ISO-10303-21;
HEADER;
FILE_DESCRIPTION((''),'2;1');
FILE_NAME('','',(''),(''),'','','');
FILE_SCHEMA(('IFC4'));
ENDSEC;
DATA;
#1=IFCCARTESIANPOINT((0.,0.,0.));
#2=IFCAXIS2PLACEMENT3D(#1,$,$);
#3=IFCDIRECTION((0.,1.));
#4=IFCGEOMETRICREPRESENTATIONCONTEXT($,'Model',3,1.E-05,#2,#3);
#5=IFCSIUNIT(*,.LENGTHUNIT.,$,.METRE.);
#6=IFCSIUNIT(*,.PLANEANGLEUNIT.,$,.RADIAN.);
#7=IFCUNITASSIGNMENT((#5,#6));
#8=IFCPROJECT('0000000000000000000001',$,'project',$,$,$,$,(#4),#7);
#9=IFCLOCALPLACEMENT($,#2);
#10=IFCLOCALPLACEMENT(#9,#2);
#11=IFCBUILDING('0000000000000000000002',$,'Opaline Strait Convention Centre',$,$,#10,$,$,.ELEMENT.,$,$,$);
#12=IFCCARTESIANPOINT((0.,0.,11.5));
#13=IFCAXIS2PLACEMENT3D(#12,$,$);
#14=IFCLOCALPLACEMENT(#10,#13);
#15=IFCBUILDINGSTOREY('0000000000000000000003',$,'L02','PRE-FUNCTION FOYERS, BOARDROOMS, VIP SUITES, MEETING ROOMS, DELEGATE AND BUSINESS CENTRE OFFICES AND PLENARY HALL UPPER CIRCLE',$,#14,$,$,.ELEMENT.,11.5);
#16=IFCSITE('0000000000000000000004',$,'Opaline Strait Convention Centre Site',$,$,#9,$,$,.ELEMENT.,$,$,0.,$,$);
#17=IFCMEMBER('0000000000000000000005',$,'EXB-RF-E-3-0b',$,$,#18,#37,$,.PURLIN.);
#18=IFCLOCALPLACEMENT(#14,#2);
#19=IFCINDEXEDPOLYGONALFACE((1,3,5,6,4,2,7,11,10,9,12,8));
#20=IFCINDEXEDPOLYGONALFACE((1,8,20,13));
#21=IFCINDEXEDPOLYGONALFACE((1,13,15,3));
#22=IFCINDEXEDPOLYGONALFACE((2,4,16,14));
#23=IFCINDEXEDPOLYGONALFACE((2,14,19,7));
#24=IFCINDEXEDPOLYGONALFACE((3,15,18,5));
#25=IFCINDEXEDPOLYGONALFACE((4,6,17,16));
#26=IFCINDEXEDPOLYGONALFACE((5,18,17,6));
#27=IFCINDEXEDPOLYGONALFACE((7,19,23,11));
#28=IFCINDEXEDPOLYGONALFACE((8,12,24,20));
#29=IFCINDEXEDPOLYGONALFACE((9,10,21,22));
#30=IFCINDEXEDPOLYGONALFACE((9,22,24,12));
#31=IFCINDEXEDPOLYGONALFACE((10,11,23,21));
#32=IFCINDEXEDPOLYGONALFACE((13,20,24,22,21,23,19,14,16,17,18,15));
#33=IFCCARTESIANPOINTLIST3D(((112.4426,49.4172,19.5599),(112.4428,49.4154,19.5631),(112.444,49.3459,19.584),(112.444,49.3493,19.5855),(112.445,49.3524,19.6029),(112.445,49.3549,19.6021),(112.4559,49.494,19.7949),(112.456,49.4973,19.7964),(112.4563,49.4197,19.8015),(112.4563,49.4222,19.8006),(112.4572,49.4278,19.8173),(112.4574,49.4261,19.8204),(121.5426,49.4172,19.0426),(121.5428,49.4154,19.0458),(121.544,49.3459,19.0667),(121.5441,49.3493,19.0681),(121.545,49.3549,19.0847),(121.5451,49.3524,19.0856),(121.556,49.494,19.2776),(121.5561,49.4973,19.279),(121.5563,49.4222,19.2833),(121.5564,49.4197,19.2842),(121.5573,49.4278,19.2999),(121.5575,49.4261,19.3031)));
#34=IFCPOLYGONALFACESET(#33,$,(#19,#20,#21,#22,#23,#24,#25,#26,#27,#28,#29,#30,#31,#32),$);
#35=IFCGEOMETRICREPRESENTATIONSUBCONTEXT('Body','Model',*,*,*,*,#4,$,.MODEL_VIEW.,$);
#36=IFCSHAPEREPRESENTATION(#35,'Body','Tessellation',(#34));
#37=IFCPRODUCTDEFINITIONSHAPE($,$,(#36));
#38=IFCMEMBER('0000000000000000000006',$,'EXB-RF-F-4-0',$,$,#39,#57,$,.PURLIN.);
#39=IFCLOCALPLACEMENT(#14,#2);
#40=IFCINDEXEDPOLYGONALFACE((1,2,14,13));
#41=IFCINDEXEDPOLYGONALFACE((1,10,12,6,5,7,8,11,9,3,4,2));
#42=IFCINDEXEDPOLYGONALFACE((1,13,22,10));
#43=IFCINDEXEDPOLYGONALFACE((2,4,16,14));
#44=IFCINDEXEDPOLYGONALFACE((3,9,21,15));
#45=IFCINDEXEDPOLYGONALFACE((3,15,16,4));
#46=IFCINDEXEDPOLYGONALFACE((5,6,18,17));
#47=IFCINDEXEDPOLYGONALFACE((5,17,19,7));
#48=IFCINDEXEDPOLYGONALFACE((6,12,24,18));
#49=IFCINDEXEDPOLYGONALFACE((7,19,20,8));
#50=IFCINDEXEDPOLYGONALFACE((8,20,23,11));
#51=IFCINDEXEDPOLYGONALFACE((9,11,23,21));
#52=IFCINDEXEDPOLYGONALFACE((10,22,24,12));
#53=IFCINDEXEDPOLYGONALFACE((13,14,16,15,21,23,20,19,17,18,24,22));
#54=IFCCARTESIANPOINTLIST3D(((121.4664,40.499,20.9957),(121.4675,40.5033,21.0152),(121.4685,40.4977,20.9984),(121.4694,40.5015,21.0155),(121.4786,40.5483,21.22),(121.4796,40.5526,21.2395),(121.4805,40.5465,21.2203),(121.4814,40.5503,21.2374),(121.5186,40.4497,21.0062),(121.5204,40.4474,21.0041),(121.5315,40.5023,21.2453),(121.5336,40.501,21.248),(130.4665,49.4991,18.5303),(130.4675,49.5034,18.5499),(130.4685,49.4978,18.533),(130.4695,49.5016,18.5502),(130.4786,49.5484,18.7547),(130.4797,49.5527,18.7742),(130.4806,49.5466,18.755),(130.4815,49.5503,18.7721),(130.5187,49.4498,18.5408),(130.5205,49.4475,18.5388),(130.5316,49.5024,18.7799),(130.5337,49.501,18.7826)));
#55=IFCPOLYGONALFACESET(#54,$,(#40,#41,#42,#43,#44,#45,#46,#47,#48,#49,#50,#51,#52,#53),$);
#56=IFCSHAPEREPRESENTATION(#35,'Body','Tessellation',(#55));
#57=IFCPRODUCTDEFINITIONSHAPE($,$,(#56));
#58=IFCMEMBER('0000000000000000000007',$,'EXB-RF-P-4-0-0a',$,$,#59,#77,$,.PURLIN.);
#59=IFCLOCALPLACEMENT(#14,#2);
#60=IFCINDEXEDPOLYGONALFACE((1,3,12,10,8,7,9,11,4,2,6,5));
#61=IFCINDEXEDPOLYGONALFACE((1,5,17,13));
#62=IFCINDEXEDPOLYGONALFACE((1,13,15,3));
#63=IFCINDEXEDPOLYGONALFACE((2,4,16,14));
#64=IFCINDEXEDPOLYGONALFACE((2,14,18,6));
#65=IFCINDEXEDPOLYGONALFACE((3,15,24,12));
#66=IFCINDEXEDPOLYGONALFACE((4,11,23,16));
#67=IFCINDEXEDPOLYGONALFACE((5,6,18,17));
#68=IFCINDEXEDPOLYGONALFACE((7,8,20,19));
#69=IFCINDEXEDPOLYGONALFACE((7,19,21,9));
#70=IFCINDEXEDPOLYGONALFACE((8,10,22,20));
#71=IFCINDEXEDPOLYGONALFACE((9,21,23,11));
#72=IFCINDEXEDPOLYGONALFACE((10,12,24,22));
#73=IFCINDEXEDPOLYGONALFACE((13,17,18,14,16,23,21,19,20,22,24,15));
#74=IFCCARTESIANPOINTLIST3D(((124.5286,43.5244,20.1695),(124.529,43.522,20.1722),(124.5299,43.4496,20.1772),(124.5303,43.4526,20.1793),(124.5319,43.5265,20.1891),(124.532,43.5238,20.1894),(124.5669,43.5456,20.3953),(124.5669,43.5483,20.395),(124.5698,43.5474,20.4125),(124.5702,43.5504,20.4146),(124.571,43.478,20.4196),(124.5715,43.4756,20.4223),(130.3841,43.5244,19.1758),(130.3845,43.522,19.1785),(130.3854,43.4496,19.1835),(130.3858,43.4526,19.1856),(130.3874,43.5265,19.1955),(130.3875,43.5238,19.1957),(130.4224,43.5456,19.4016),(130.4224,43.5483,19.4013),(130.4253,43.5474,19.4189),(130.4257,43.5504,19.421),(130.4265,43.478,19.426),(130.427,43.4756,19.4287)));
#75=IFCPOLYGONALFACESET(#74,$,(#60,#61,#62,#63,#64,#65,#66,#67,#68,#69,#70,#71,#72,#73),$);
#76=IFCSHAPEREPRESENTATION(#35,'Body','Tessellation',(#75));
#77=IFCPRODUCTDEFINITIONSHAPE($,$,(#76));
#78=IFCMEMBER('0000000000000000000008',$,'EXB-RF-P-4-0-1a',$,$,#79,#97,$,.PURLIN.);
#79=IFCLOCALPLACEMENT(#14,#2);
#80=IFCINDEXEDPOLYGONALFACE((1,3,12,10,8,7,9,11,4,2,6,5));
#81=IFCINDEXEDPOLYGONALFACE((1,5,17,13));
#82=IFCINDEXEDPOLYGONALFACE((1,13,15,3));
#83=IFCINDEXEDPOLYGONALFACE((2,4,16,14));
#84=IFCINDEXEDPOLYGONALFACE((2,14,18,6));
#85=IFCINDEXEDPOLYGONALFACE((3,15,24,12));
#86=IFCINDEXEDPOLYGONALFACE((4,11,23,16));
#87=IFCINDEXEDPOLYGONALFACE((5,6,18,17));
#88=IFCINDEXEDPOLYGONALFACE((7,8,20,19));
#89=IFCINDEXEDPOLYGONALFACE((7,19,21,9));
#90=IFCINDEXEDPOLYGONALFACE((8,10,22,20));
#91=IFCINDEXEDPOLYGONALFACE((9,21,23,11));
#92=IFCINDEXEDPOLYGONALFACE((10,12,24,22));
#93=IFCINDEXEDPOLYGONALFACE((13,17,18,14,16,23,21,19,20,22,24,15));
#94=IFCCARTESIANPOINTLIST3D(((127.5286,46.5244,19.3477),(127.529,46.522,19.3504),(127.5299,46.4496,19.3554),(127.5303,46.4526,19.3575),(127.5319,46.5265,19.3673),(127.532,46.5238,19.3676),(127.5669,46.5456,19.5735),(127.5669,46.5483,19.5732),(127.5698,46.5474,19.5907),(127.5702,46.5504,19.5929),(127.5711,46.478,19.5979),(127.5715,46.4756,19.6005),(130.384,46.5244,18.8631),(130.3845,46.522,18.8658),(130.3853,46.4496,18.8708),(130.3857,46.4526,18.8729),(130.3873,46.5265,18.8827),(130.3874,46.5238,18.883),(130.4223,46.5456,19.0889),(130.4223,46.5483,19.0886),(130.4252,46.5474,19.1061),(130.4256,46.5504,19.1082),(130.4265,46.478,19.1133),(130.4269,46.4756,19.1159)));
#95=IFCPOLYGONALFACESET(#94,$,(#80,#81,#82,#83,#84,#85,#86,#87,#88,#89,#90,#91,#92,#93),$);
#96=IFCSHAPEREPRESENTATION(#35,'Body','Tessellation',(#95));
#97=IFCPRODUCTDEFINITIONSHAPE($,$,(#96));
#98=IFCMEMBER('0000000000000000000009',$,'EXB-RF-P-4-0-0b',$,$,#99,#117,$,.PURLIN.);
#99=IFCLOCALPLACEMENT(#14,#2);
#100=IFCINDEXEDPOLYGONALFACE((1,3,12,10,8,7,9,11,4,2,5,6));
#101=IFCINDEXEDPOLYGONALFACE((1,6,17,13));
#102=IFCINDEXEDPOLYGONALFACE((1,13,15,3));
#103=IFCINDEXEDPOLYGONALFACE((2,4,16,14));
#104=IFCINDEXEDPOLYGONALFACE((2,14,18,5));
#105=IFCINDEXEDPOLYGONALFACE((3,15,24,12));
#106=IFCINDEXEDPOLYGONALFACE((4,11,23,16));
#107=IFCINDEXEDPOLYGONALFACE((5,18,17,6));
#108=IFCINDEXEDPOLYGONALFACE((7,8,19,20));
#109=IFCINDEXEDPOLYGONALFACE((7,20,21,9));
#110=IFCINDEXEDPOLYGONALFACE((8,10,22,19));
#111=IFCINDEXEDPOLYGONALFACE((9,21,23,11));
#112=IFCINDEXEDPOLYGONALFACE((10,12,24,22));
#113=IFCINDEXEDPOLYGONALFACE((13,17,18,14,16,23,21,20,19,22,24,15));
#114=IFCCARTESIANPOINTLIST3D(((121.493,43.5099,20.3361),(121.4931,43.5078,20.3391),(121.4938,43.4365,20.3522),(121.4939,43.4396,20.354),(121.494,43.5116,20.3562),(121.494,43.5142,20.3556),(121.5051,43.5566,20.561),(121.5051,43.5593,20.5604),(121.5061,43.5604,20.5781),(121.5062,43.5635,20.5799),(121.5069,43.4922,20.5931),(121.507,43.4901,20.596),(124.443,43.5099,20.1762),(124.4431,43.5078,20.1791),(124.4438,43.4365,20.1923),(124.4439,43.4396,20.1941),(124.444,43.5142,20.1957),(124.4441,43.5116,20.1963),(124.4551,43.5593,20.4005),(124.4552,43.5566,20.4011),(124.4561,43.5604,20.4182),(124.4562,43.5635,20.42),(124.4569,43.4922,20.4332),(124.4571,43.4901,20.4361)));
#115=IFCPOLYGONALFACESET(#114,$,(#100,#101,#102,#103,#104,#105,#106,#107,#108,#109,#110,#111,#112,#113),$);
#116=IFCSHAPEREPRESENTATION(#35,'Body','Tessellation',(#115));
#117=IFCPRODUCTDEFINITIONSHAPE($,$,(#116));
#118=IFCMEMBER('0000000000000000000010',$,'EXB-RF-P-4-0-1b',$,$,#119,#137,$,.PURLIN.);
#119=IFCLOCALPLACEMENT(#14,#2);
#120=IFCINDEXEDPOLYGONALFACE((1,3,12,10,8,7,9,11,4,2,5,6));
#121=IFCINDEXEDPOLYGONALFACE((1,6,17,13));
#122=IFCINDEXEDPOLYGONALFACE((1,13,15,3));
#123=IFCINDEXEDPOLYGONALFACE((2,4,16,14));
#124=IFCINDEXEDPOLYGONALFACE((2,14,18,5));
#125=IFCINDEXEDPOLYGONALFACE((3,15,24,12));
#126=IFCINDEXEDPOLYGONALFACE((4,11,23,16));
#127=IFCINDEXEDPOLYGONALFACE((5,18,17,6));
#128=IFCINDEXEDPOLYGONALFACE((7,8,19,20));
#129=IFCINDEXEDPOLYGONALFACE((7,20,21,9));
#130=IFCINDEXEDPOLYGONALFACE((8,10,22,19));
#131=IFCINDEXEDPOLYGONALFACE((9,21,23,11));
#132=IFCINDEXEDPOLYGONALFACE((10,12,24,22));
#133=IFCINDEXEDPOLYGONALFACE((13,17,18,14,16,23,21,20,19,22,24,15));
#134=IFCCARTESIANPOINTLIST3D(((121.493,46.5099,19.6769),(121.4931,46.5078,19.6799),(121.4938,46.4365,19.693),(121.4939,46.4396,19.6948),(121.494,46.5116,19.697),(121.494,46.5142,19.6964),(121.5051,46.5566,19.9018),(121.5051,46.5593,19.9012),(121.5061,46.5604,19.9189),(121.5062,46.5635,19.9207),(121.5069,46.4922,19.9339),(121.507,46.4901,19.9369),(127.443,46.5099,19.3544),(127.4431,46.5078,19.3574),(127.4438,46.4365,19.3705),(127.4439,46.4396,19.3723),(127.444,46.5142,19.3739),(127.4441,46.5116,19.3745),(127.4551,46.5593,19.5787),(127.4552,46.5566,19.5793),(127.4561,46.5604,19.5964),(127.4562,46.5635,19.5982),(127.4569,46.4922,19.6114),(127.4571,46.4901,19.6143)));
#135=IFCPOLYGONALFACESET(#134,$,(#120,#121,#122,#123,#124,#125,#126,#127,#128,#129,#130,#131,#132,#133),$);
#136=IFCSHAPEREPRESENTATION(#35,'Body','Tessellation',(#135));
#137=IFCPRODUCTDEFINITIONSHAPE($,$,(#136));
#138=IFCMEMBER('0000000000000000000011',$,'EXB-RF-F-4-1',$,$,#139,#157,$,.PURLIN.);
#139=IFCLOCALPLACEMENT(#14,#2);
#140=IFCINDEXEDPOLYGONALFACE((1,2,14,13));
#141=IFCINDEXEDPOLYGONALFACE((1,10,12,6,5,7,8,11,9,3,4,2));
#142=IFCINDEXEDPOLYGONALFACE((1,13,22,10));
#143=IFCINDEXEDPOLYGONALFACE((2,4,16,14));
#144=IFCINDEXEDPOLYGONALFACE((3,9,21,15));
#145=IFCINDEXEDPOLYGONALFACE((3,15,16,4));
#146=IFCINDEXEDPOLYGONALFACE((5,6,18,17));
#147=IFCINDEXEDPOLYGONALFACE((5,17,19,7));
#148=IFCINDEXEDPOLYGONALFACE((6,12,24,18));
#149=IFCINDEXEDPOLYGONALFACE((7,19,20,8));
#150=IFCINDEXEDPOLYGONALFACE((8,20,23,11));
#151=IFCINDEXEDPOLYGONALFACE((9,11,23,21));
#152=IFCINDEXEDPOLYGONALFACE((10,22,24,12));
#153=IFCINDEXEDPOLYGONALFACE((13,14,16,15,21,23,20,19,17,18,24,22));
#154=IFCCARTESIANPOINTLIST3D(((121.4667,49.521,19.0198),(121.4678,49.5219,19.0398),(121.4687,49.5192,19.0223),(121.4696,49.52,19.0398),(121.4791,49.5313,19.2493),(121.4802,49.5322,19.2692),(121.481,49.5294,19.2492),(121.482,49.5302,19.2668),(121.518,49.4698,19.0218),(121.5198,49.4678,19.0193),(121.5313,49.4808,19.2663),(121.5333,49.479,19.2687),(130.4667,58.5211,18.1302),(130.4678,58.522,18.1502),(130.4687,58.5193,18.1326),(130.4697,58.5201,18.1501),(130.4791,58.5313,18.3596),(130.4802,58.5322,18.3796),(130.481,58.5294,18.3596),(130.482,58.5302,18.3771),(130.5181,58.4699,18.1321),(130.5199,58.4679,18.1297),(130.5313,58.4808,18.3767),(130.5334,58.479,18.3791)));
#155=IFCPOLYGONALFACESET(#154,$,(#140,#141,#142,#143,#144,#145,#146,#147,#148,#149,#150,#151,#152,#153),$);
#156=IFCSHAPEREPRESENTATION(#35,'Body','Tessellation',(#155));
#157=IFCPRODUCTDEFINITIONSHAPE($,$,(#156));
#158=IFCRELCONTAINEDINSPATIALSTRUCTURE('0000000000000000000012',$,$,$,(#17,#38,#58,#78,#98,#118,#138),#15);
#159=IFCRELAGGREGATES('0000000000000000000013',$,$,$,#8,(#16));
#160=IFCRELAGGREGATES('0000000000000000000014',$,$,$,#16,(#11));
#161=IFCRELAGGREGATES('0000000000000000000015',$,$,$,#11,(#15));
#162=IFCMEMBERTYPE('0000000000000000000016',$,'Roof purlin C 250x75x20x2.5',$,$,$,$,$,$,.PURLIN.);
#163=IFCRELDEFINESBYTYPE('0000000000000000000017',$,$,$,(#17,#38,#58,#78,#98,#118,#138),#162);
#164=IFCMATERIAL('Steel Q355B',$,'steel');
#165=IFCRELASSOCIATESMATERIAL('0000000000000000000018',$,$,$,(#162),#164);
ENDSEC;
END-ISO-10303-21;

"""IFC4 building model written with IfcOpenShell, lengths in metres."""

from ifc_helpers import new_model, si_unit, direction, frame, origin, place, context, subcontext, project, spatial, polyline, outline, extrude, material, material_profile, profile_set, type_object, element, save


model = new_model("IFC4")

# Units and contexts
model_context = context("Model", 3, precision=1e-05, world=origin(), true_north=direction((0.0, 1.0)))
body_context = subcontext(model_context, "Body", "Model", "MODEL_VIEW")
ifc_project = project(units=[si_unit("LENGTHUNIT", "METRE"), si_unit("PLANEANGLEUNIT", "RADIAN")], contexts=[model_context])

# Site, building, storey
site_placement = place(None, origin())
site = spatial("IfcSite", under=ifc_project, at=site_placement, Name="Opaline Strait Convention Centre Site", CompositionType="ELEMENT", RefElevation=0.0)
building_placement = place(site_placement, origin())
building = spatial("IfcBuilding", under=site, at=building_placement, Name="Opaline Strait Convention Centre", CompositionType="ELEMENT")
storey_placement = place(building_placement, frame((0.0, 0.0, 11.5)))
storey = spatial("IfcBuildingStorey", under=building, at=storey_placement, Name="L02", Description="PRE-FUNCTION FOYERS, BOARDROOMS, VIP SUITES, MEETING ROOMS, DELEGATE AND BUSINESS CENTRE OFFICES AND PLENARY HALL UPPER CIRCLE", CompositionType="ELEMENT", Elevation=11.5)

# Members
ifc_material_1 = material(Name="Steel Q355B", Category="steel")
ifc_material_profile_1 = material_profile(ifc_material_1, outline(polyline([(-0.0376, -0.125), (0.0376, -0.125), (0.0376, -0.105), (0.0349, -0.105), (0.0349, -0.1226), (-0.0349, -0.1226), (-0.0349, 0.1226), (0.0349, 0.1226), (0.0349, 0.105), (0.0376, 0.105), (0.0376, 0.125), (-0.0376, 0.125), (-0.0376, -0.125)])), Name="C 250x75x20x2.5")
ifc_profile_set_1 = profile_set([ifc_material_profile_1], Name="Steel Q355B")
member_type_1 = type_object("IfcMemberType", Name="Roof purlin C 250x75x20x2.5", PredefinedType="PURLIN", material=ifc_profile_set_1)
member_1_placement = place(storey_placement, frame((121.55, 49.4216, 19.1729), z_axis=(-0.998388, 0.0, 0.056758), x_axis=(0.018194, -0.947232, 0.320033)))
element("IfcMember", 1, at=member_1_placement, inside=storey, type_object=member_type_1, Name="EXB-RF-E-3-0b", PredefinedType="PURLIN", context=body_context, shape_type="SweptSolid", body=[
    extrude(outline(polyline([(-0.0376, -0.125), (0.0376, -0.125), (0.0376, -0.105), (0.0349, -0.105), (0.0349, -0.1226), (-0.0349, -0.1226), (-0.0349, 0.1226), (0.0349, 0.1226), (0.0349, 0.105), (0.0376, 0.105), (0.0376, 0.125), (-0.0376, 0.125), (-0.0376, -0.125)])), origin(), (0.0, 0.0, 1.0), 9.1147),
])
member_2_placement = place(storey_placement, frame((121.5, 40.5, 21.1218), z_axis=(0.694204, 0.694204, -0.19016), x_axis=(-0.717834, 0.687136, -0.112067)))
element("IfcMember", 2, at=member_2_placement, inside=storey, type_object=member_type_1, Name="EXB-RF-F-4-0", PredefinedType="PURLIN", context=body_context, shape_type="SweptSolid", body=[
    extrude(outline(polyline([(-0.0376, -0.125), (0.0376, -0.125), (0.0376, -0.105), (0.0349, -0.105), (0.0349, -0.1226), (-0.0349, -0.1226), (-0.0349, 0.1226), (0.0349, 0.1226), (0.0349, 0.105), (0.0376, 0.105), (0.0376, 0.125), (-0.0376, 0.125), (-0.0376, -0.125)])), origin(), (0.0, 0.0, 1.0), 12.9646),
])
member_3_placement = place(storey_placement, frame((124.55, 43.5, 20.2959), z_axis=(0.985905, 0.0, -0.167305), x_axis=(-0.017343, 0.994613, -0.102198)))
element("IfcMember", 3, at=member_3_placement, inside=storey, type_object=member_type_1, Name="EXB-RF-P-4-0-0a", PredefinedType="PURLIN", context=body_context, shape_type="SweptSolid", body=[
    extrude(outline(polyline([(-0.0376, -0.125), (0.0376, -0.125), (0.0376, -0.105), (0.0349, -0.105), (0.0349, -0.1226), (-0.0349, -0.1226), (-0.0349, 0.1226), (0.0349, 0.1226), (0.0349, 0.105), (0.0376, 0.105), (0.0376, 0.125), (-0.0376, 0.125), (-0.0376, -0.125)])), origin(), (0.0, 0.0, 1.0), 5.9392),
])
member_4_placement = place(storey_placement, frame((127.55, 46.5, 19.4741), z_axis=(0.985902, 0.0, -0.167323), x_axis=(-0.017345, 0.994613, -0.102197)))
element("IfcMember", 4, at=member_4_placement, inside=storey, type_object=member_type_1, Name="EXB-RF-P-4-0-1a", PredefinedType="PURLIN", context=body_context, shape_type="SweptSolid", body=[
    extrude(outline(polyline([(-0.0376, -0.125), (0.0376, -0.125), (0.0376, -0.105), (0.0349, -0.105), (0.0349, -0.1226), (-0.0349, -0.1226), (-0.0349, 0.1226), (0.0349, 0.1226), (0.0349, 0.105), (0.0376, 0.105), (0.0376, 0.125), (-0.0376, 0.125), (-0.0376, -0.125)])), origin(), (0.0, 0.0, 1.0), 2.8962),
])
member_5_placement = place(storey_placement, frame((121.5, 43.5, 20.4661), z_axis=(0.998534, 0.0, -0.054129), x_axis=(-0.011616, 0.976702, -0.214286)))
element("IfcMember", 5, at=member_5_placement, inside=storey, type_object=member_type_1, Name="EXB-RF-P-4-0-0b", PredefinedType="PURLIN", context=body_context, shape_type="SweptSolid", body=[
    extrude(outline(polyline([(-0.0376, -0.125), (0.0376, -0.125), (0.0376, -0.105), (0.0349, -0.105), (0.0349, -0.1226), (-0.0349, -0.1226), (-0.0349, 0.1226), (0.0349, 0.1226), (0.0349, 0.105), (0.0376, 0.105), (0.0376, 0.125), (-0.0376, 0.125), (-0.0376, -0.125)])), origin(), (0.0, 0.0, 1.0), 2.9543),
])
member_6_placement = place(storey_placement, frame((121.5, 46.5, 19.8069), z_axis=(0.998534, 0.0, -0.054124), x_axis=(-0.011615, 0.976702, -0.214286)))
element("IfcMember", 6, at=member_6_placement, inside=storey, type_object=member_type_1, Name="EXB-RF-P-4-0-1b", PredefinedType="PURLIN", context=body_context, shape_type="SweptSolid", body=[
    extrude(outline(polyline([(-0.0376, -0.125), (0.0376, -0.125), (0.0376, -0.105), (0.0349, -0.105), (0.0349, -0.1226), (-0.0349, -0.1226), (-0.0349, 0.1226), (0.0349, 0.1226), (0.0349, 0.105), (0.0376, 0.105), (0.0376, 0.125), (-0.0376, 0.125), (-0.0376, -0.125)])), origin(), (0.0, 0.0, 1.0), 5.9587),
])
member_7_placement = place(storey_placement, frame((121.5, 49.5, 19.1443), z_axis=(0.705386, 0.705386, -0.069727), x_axis=(-0.706758, 0.707423, 0.006724)))
element("IfcMember", 7, at=member_7_placement, inside=storey, type_object=member_type_1, Name="EXB-RF-F-4-1", PredefinedType="PURLIN", context=body_context, shape_type="SweptSolid", body=[
    extrude(outline(polyline([(-0.0376, -0.125), (0.0376, -0.125), (0.0376, -0.105), (0.0349, -0.105), (0.0349, -0.1226), (-0.0349, -0.1226), (-0.0349, 0.1226), (0.0349, 0.1226), (0.0349, 0.105), (0.0376, 0.105), (0.0376, 0.125), (-0.0376, 0.125), (-0.0376, -0.125)])), origin(), (0.0, 0.0, 1.0), 12.759),
])

save(model, "model.ifc")
